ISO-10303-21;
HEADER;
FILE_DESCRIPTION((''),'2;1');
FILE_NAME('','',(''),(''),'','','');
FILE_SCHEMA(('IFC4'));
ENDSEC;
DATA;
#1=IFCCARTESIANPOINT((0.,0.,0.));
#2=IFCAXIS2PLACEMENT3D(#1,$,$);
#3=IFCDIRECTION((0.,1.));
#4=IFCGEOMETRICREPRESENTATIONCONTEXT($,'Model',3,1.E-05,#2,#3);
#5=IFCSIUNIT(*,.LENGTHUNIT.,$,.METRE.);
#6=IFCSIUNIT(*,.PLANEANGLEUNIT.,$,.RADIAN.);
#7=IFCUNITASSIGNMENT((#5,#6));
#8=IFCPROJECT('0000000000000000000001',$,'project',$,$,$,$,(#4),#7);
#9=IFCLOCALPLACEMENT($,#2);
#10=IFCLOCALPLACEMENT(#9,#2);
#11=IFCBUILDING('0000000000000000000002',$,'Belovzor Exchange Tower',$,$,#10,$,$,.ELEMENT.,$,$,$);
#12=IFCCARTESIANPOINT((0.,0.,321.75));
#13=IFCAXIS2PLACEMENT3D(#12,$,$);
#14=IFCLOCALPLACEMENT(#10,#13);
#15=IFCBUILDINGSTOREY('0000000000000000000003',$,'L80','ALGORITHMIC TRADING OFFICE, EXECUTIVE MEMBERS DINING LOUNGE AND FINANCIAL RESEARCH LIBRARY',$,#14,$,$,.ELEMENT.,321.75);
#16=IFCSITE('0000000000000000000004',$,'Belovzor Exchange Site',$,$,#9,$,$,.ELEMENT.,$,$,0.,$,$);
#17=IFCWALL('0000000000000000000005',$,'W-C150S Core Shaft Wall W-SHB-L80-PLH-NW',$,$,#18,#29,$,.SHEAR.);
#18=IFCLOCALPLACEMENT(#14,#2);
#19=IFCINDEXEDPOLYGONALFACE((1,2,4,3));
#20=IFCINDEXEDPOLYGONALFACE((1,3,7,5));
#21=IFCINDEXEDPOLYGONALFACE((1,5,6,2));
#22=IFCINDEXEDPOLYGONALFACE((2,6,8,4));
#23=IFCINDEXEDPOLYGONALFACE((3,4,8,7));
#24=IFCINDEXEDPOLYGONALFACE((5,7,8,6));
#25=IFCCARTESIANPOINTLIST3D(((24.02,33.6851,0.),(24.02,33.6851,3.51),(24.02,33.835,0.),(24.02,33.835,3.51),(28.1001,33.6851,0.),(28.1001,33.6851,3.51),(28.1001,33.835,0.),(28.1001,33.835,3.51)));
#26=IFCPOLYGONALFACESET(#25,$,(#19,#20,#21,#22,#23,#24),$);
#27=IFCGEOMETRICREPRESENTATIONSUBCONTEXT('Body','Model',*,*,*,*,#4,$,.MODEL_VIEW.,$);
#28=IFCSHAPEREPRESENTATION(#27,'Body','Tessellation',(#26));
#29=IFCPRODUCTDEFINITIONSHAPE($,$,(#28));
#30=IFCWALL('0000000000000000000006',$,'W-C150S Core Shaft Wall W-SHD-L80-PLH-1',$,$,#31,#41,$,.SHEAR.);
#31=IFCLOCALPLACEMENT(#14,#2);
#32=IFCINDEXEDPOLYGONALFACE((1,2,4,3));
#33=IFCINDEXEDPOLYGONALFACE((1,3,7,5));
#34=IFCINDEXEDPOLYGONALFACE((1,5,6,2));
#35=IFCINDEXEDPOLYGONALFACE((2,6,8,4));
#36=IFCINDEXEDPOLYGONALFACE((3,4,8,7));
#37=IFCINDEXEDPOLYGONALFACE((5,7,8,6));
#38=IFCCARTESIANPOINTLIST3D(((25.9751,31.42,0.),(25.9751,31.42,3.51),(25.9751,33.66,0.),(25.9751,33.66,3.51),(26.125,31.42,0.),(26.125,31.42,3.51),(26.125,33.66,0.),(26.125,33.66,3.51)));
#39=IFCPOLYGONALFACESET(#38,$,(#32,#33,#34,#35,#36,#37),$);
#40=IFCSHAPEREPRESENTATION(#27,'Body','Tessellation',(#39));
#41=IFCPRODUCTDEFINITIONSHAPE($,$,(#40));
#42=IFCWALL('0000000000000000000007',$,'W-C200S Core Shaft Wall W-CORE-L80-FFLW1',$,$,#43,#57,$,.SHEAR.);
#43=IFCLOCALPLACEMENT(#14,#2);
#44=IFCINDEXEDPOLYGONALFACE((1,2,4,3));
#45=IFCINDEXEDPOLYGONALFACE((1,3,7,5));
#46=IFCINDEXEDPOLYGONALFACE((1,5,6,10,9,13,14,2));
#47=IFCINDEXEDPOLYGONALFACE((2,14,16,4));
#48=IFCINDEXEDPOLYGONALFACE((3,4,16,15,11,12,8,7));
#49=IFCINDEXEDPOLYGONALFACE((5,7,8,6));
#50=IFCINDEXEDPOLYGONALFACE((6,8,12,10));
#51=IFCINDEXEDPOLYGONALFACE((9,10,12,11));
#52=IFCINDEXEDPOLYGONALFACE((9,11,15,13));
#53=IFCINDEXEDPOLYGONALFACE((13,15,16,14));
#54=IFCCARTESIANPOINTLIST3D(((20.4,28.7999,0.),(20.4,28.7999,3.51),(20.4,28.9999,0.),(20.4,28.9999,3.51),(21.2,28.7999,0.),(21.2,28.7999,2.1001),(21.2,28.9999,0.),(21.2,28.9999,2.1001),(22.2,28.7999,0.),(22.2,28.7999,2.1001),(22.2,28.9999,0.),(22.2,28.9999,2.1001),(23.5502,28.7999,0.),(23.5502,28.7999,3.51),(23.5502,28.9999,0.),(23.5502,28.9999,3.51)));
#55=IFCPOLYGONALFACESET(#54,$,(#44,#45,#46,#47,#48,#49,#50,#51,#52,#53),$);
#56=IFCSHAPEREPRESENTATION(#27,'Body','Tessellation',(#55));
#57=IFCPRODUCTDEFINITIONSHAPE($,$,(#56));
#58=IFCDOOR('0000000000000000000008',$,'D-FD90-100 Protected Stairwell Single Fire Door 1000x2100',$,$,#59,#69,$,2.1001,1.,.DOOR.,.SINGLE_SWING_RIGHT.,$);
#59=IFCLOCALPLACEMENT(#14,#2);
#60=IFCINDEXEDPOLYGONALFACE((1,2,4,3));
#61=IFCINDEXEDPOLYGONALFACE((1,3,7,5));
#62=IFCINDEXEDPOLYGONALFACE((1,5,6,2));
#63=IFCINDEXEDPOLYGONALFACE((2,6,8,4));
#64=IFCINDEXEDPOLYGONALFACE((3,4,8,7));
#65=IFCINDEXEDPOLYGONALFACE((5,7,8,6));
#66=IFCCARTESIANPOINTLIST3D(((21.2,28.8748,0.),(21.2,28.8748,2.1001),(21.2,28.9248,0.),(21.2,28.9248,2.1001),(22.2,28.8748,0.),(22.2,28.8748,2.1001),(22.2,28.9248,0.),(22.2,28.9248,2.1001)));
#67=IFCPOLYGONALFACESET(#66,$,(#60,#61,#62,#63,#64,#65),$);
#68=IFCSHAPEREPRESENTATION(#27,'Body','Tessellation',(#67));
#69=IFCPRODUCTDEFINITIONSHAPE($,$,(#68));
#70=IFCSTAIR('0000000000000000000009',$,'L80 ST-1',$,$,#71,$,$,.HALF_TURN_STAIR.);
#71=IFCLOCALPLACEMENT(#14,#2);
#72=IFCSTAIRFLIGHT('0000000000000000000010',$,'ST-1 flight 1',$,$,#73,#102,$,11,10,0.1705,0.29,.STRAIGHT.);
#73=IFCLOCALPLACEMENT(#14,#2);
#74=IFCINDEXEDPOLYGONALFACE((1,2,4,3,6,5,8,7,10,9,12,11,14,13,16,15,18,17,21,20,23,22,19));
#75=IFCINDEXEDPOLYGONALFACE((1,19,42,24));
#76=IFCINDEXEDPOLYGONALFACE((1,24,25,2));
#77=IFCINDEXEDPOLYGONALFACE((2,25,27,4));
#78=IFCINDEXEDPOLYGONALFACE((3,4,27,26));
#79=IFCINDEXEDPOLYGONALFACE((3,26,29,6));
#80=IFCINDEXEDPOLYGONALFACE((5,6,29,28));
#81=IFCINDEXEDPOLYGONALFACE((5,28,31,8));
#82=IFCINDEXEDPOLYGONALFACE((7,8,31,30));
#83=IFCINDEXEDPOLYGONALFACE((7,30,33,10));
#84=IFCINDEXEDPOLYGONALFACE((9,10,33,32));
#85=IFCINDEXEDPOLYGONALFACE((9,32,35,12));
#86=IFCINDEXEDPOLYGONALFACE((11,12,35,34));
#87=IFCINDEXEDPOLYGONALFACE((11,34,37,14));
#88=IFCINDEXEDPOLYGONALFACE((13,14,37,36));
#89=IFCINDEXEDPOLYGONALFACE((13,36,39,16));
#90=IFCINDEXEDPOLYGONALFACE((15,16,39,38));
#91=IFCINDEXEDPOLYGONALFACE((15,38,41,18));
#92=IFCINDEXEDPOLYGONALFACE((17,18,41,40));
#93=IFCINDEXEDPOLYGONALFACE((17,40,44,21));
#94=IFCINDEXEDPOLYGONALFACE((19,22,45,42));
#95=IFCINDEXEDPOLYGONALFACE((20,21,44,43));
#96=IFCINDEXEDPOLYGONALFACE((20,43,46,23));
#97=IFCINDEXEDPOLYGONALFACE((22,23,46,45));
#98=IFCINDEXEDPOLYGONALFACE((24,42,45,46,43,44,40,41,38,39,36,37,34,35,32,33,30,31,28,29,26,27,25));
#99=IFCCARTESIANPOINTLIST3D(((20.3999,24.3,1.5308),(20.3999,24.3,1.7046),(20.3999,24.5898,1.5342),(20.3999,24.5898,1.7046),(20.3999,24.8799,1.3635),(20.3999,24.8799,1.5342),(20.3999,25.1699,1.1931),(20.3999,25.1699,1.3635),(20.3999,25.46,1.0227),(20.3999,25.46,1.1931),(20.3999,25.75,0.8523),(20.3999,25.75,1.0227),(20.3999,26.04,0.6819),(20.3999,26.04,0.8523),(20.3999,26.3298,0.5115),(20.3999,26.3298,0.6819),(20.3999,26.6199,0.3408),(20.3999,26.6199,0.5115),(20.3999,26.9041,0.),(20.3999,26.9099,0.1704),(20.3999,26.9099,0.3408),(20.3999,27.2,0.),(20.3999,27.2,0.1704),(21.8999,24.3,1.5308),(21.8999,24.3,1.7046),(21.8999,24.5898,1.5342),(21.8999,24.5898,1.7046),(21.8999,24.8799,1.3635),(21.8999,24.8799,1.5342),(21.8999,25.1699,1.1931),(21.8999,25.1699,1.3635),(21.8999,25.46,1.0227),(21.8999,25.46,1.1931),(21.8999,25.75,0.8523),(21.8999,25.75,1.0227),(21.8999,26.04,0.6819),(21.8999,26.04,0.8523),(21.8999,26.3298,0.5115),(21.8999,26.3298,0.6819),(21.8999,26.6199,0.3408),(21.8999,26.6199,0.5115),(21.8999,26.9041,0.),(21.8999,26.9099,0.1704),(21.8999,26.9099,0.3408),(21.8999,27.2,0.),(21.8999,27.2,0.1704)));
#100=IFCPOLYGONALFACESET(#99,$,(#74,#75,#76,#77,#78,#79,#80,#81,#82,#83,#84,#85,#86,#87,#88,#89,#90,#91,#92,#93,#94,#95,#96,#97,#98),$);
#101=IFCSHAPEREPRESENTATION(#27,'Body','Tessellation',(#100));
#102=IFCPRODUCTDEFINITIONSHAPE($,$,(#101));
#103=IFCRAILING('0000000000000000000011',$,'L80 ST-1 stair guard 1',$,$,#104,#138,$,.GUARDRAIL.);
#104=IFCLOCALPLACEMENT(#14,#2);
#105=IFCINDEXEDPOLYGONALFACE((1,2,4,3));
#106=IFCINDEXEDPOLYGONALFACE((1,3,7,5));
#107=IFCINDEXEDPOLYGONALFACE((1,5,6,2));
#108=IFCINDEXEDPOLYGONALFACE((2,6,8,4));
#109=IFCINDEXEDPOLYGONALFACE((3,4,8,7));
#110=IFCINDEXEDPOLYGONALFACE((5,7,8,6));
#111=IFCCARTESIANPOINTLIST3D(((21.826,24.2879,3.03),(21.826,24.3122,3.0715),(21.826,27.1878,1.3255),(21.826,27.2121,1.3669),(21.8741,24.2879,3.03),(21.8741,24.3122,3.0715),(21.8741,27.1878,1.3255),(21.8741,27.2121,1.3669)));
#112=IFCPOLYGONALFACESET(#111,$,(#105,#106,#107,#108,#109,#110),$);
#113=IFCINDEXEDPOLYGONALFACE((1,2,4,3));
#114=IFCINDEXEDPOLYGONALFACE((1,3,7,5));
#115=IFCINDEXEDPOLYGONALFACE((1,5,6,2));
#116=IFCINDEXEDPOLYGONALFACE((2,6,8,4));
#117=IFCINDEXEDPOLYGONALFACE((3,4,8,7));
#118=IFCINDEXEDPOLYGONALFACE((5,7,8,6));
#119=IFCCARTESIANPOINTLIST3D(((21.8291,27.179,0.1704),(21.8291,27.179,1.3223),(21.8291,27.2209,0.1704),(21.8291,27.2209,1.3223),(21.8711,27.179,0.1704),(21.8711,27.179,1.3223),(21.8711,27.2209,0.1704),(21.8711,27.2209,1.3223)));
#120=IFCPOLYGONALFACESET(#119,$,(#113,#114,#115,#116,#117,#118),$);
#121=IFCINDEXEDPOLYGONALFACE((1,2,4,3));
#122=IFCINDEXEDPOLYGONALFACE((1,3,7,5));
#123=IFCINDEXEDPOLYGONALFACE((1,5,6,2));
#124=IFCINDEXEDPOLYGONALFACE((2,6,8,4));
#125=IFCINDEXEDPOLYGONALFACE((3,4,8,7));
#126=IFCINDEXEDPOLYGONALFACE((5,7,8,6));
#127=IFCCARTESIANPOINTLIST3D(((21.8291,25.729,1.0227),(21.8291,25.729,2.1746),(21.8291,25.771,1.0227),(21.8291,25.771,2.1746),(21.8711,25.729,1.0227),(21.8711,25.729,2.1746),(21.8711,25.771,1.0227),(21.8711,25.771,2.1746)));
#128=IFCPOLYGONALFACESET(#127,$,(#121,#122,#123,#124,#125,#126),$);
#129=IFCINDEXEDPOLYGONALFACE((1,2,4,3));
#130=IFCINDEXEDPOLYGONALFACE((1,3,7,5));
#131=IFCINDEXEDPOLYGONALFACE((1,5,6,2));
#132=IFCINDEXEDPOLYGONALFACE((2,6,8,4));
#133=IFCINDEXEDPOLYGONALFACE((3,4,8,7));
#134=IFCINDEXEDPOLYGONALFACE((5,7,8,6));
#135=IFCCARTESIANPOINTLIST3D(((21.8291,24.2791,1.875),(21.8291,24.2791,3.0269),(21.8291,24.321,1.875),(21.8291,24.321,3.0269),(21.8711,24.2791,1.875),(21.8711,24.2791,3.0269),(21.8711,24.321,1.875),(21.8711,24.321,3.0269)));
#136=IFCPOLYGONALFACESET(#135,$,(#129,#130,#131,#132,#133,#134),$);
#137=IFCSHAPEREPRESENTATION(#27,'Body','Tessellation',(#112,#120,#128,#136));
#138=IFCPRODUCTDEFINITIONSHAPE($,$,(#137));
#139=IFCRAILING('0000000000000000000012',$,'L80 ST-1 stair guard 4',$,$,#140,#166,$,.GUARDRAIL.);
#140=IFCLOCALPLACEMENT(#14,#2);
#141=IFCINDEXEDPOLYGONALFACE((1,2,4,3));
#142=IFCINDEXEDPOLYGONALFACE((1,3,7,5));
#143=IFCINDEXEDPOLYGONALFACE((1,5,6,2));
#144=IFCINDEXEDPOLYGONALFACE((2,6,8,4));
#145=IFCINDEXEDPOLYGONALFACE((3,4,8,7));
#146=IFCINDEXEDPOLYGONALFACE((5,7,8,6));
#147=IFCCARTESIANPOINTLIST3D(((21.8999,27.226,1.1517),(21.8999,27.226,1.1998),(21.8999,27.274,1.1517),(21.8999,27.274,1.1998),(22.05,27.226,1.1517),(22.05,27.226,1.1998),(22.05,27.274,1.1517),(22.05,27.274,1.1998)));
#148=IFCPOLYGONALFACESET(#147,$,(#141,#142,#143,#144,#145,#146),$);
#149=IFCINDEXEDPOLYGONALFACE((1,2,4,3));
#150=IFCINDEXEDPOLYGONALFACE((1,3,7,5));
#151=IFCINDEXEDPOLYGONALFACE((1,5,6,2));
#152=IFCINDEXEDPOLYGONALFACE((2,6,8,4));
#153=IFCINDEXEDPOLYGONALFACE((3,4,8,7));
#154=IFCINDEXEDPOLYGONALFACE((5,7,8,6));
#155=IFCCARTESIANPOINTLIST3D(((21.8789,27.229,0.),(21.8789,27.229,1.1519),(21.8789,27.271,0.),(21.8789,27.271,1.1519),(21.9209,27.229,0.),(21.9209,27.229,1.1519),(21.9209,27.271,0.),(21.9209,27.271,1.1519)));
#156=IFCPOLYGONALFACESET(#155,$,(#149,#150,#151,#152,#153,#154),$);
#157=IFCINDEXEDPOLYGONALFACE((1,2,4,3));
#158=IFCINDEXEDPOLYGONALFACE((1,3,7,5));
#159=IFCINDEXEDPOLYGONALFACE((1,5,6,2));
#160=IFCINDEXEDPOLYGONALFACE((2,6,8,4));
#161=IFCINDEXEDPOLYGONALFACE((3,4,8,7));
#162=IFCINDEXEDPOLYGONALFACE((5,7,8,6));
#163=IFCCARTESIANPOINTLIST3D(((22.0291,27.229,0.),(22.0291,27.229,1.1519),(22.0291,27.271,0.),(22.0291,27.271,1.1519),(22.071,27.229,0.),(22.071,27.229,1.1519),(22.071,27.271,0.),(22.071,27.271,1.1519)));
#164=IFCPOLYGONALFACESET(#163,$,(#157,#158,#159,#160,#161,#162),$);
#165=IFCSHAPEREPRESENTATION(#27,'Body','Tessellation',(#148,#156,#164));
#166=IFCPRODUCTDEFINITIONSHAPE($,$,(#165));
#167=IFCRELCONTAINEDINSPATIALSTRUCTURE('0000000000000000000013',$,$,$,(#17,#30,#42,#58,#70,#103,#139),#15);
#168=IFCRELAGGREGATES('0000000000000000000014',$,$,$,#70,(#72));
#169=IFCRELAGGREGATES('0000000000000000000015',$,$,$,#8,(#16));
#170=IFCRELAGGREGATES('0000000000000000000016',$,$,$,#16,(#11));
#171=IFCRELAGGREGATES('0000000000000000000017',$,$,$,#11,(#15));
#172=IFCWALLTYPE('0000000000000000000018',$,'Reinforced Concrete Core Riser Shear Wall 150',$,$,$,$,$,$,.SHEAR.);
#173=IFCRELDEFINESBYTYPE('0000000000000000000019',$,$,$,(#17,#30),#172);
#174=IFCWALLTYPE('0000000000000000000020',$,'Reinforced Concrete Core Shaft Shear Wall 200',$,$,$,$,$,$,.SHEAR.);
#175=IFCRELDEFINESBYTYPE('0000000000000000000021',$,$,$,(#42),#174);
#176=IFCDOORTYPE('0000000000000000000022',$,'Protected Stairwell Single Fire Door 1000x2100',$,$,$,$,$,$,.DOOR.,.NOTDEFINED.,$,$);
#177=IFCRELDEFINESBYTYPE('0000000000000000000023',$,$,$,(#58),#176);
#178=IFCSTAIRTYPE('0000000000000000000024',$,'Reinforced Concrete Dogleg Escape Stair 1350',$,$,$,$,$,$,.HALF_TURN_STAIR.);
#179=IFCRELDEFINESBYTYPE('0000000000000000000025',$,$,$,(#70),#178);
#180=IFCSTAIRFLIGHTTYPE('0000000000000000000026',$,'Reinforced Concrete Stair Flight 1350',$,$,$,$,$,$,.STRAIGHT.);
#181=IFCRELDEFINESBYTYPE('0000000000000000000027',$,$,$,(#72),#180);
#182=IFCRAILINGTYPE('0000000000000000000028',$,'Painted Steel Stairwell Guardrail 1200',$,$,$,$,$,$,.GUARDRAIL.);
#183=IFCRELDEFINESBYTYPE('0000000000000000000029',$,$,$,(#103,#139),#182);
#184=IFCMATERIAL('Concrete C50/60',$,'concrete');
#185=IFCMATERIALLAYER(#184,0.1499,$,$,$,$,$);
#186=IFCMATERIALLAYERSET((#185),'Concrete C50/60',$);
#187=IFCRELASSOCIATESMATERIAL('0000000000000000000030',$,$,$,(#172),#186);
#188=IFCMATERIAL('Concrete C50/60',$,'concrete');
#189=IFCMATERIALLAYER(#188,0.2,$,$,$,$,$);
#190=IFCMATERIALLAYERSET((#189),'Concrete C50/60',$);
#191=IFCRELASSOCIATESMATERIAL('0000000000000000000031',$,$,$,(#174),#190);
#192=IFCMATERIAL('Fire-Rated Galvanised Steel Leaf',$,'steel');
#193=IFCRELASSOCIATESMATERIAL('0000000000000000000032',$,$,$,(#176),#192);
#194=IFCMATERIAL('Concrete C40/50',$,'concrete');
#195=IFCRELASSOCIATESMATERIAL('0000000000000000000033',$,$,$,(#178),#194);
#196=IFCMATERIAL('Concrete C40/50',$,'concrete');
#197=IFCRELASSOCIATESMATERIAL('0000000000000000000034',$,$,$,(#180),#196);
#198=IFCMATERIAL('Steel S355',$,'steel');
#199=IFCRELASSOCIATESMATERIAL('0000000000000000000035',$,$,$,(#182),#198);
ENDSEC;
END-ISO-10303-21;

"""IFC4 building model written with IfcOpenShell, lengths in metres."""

from ifc_helpers import new_model, si_unit, direction, frame, frame_2d, origin, origin_2d, place, context, subcontext, project, spatial, polyline, rectangle, outline, extrude, material, layer, layer_set, type_object, element, fill, aggregate, save


model = new_model("IFC4")

# Units and contexts
model_context = context("Model", 3, precision=1e-05, world=origin(), true_north=direction((0.0, 1.0)))
body_context = subcontext(model_context, "Body", "Model", "MODEL_VIEW")
ifc_project = project(units=[si_unit("LENGTHUNIT", "METRE"), si_unit("PLANEANGLEUNIT", "RADIAN")], contexts=[model_context])

# Site, building, storey
site_placement = place(None, origin())
site = spatial("IfcSite", under=ifc_project, at=site_placement, Name="Belovzor Exchange Site", CompositionType="ELEMENT", RefElevation=0.0)
building_placement = place(site_placement, origin())
building = spatial("IfcBuilding", under=site, at=building_placement, Name="Belovzor Exchange Tower", CompositionType="ELEMENT")
storey_placement = place(building_placement, frame((0.0, 0.0, 321.75)))
storey = spatial("IfcBuildingStorey", under=building, at=storey_placement, Name="L80", Description="ALGORITHMIC TRADING OFFICE, EXECUTIVE MEMBERS DINING LOUNGE AND FINANCIAL RESEARCH LIBRARY", CompositionType="ELEMENT", Elevation=321.75)

# Walls
ifc_material_1 = material(Name="Concrete C50/60", Category="concrete")
ifc_layer_1 = layer(ifc_material_1, 0.1499)
ifc_layer_set_1 = layer_set([ifc_layer_1], Name="Concrete C50/60")
wall_type_1 = type_object("IfcWallType", Name="Reinforced Concrete Core Riser Shear Wall 150", PredefinedType="SHEAR", material=ifc_layer_set_1)
wall_1_placement = place(storey_placement, frame((24.02, 33.76, 0.0), z_axis=(0.0, 0.0, 1.0), x_axis=(1.0, 0.0, 0.0)))
element("IfcWall", 1, at=wall_1_placement, inside=storey, type_object=wall_type_1, Name="W-C150S Core Shaft Wall W-SHB-L80-PLH-NW", PredefinedType="SHEAR", context=body_context, shape_type="SweptSolid", body=[
    extrude(rectangle(XDim=4.0801, YDim=0.1499, at=frame_2d((2.04, 0.0))), origin(), (0.0, 0.0, 1.0), 3.51),
])
wall_2_placement = place(storey_placement, frame((26.05, 31.4199, 0.0), z_axis=(0.0, 0.0, 1.0), x_axis=(0.0, 1.0, 0.0)))
element("IfcWall", 2, at=wall_2_placement, inside=storey, type_object=wall_type_1, Name="W-C150S Core Shaft Wall W-SHD-L80-PLH-1", PredefinedType="SHEAR", context=body_context, shape_type="SweptSolid", body=[
    extrude(rectangle(XDim=2.24, YDim=0.1499, at=frame_2d((1.1201, 0.0))), origin(), (0.0, 0.0, 1.0), 3.51),
])

# Wall, opening, door
ifc_material_2 = material(Name="Concrete C50/60", Category="concrete")
ifc_layer_2 = layer(ifc_material_2, 0.2)
ifc_layer_set_2 = layer_set([ifc_layer_2], Name="Concrete C50/60")
wall_type_2 = type_object("IfcWallType", Name="Reinforced Concrete Core Shaft Shear Wall 200", PredefinedType="SHEAR", material=ifc_layer_set_2)
wall_3_placement = place(storey_placement, frame((20.3999, 28.8999, 0.0), z_axis=(0.0, 0.0, 1.0), x_axis=(1.0, 0.0, 0.0)))
wall_3 = element("IfcWall", 3, at=wall_3_placement, inside=storey, type_object=wall_type_2, Name="W-C200S Core Shaft Wall W-CORE-L80-FFLW1", PredefinedType="SHEAR", context=body_context, shape_type="SweptSolid", body=[
    extrude(rectangle(XDim=3.1501, YDim=0.2, at=frame_2d((1.5752, 0.0))), origin(), (0.0, 0.0, 1.0), 3.51),
])
opening_1_placement = place(wall_3_placement, frame((0.8, 0.0, 0.0)))
opening_1 = element("IfcOpeningElement", 4, at=opening_1_placement, cuts=wall_3, PredefinedType="OPENING", context=body_context, shape_type="SweptSolid", body=[
    extrude(rectangle(XDim=1.0, YDim=2.1001, at=frame_2d((0.5, 1.05))), frame((0.0, 0.1099, 0.0), z_axis=(0.0, -1.0, 0.0), x_axis=(1.0, 0.0, 0.0)), (0.0, 0.0, 1.0), 0.22),
])
ifc_material_3 = material(Name="Fire-Rated Galvanised Steel Leaf", Category="steel")
door_type_1 = type_object("IfcDoorType", Name="Protected Stairwell Single Fire Door 1000x2100", OperationType="NOTDEFINED", PredefinedType="DOOR", material=ifc_material_3)
door_1_placement = place(opening_1_placement, origin())
door_1 = element("IfcDoor", 5, at=door_1_placement, inside=storey, type_object=door_type_1, Name="D-FD90-100 Protected Stairwell Single Fire Door 1000x2100", OperationType="SINGLE_SWING_RIGHT", OverallHeight=2.1001, OverallWidth=1.0, PredefinedType="DOOR", context=body_context, shape_type="SweptSolid", body=[
    extrude(rectangle(XDim=1.0, YDim=2.1001, at=frame_2d((0.5, 1.05))), frame((0.0, 0.0249, 0.0), z_axis=(0.0, -1.0, 0.0), x_axis=(1.0, 0.0, 0.0)), (0.0, 0.0, 1.0), 0.05),
])
fill(opening_1, door_1)

# Stair, stair flight
ifc_material_4 = material(Name="Concrete C40/50", Category="concrete")
stair_type = type_object("IfcStairType", Name="Reinforced Concrete Dogleg Escape Stair 1350", PredefinedType="HALF_TURN_STAIR", material=ifc_material_4)
stair_placement = place(storey_placement, origin())
stair = element("IfcStair", 6, at=stair_placement, inside=storey, type_object=stair_type, Name="L80 ST-1", PredefinedType="HALF_TURN_STAIR")
ifc_material_5 = material(Name="Concrete C40/50", Category="concrete")
stair_flight_type = type_object("IfcStairFlightType", Name="Reinforced Concrete Stair Flight 1350", PredefinedType="STRAIGHT", material=ifc_material_5)
stair_flight_placement = place(storey_placement, frame((21.1499, 27.2, 0.0), z_axis=(0.0, 0.0, 1.0), x_axis=(0.0, -1.0, 0.0)))
stair_flight = element("IfcStairFlight", 7, at=stair_flight_placement, type_object=stair_flight_type, Name="ST-1 flight 1", NumberOfRisers=11, NumberOfTreads=10, PredefinedType="STRAIGHT", RiserHeight=0.1705, TreadLength=0.29, context=body_context, shape_type="SweptSolid", body=[
    extrude(outline(polyline([(0.0, 0.0), (0.0, 0.1704), (0.29, 0.1704), (0.29, 0.3408), (0.5801, 0.3408), (0.5801, 0.5115), (0.8701, 0.5115), (0.8701, 0.6819), (1.1599, 0.6819), (1.1599, 0.8523), (1.45, 0.8523), (1.45, 1.0227), (1.74, 1.0227), (1.74, 1.1931), (2.03, 1.1931), (2.03, 1.3635), (2.3201, 1.3635), (2.3201, 1.5342), (2.6101, 1.5342), (2.6101, 1.7046), (2.8999, 1.7046), (2.8999, 1.875), (2.8999, 1.5308), (0.2959, 0.0), (0.0, 0.0)])), frame((0.0, 0.75, 0.0), z_axis=(0.0, -1.0, 0.0), x_axis=(1.0, 0.0, 0.0)), (0.0, 0.0, 1.0), 1.5),
])
aggregate(stair, [stair_flight])

# Railings
ifc_material_6 = material(Name="Steel S355", Category="steel")
railing_type = type_object("IfcRailingType", Name="Painted Steel Stairwell Guardrail 1200", PredefinedType="GUARDRAIL", material=ifc_material_6)
railing_1_placement = place(storey_placement, frame((21.8501, 27.2, 0.1704)))
element("IfcRailing", 8, at=railing_1_placement, inside=storey, type_object=railing_type, Name="L80 ST-1 stair guard 1", PredefinedType="GUARDRAIL", context=body_context, shape_type="SweptSolid", body=[
    extrude(rectangle(XDim=0.0481, YDim=0.0481, at=origin_2d()), frame((0.0, 0.0, 1.1758), z_axis=(0.0, -0.862095, 0.506747), x_axis=(1.0, 0.0, 0.0)), (0.0, 0.0, 1.0), 3.3638),
    extrude(rectangle(XDim=0.042, YDim=0.042, at=origin_2d()), origin(), (0.0, 0.0, 1.0), 1.1519),
    extrude(rectangle(XDim=0.042, YDim=0.042, at=origin_2d()), frame((0.0, -1.45, 0.8523)), (0.0, 0.0, 1.0), 1.1519),
    extrude(rectangle(XDim=0.042, YDim=0.042, at=origin_2d()), frame((0.0, -2.8999, 1.7046)), (0.0, 0.0, 1.0), 1.1519),
])
railing_2_placement = place(storey_placement, frame((21.8999, 27.25, 0.0)))
element("IfcRailing", 9, at=railing_2_placement, inside=storey, type_object=railing_type, Name="L80 ST-1 stair guard 4", PredefinedType="GUARDRAIL", context=body_context, shape_type="SweptSolid", body=[
    extrude(rectangle(XDim=0.0481, YDim=0.0481, at=origin_2d()), frame((0.0, 0.0, 1.1758), z_axis=(1.0, 0.0, 0.0), x_axis=(0.0, 1.0, 0.0)), (0.0, 0.0, 1.0), 0.1501),
    extrude(rectangle(XDim=0.042, YDim=0.042, at=origin_2d()), origin(), (0.0, 0.0, 1.0), 1.1519),
    extrude(rectangle(XDim=0.042, YDim=0.042, at=origin_2d()), frame((0.1501, 0.0, 0.0)), (0.0, 0.0, 1.0), 1.1519),
])

save(model, "model.ifc")
